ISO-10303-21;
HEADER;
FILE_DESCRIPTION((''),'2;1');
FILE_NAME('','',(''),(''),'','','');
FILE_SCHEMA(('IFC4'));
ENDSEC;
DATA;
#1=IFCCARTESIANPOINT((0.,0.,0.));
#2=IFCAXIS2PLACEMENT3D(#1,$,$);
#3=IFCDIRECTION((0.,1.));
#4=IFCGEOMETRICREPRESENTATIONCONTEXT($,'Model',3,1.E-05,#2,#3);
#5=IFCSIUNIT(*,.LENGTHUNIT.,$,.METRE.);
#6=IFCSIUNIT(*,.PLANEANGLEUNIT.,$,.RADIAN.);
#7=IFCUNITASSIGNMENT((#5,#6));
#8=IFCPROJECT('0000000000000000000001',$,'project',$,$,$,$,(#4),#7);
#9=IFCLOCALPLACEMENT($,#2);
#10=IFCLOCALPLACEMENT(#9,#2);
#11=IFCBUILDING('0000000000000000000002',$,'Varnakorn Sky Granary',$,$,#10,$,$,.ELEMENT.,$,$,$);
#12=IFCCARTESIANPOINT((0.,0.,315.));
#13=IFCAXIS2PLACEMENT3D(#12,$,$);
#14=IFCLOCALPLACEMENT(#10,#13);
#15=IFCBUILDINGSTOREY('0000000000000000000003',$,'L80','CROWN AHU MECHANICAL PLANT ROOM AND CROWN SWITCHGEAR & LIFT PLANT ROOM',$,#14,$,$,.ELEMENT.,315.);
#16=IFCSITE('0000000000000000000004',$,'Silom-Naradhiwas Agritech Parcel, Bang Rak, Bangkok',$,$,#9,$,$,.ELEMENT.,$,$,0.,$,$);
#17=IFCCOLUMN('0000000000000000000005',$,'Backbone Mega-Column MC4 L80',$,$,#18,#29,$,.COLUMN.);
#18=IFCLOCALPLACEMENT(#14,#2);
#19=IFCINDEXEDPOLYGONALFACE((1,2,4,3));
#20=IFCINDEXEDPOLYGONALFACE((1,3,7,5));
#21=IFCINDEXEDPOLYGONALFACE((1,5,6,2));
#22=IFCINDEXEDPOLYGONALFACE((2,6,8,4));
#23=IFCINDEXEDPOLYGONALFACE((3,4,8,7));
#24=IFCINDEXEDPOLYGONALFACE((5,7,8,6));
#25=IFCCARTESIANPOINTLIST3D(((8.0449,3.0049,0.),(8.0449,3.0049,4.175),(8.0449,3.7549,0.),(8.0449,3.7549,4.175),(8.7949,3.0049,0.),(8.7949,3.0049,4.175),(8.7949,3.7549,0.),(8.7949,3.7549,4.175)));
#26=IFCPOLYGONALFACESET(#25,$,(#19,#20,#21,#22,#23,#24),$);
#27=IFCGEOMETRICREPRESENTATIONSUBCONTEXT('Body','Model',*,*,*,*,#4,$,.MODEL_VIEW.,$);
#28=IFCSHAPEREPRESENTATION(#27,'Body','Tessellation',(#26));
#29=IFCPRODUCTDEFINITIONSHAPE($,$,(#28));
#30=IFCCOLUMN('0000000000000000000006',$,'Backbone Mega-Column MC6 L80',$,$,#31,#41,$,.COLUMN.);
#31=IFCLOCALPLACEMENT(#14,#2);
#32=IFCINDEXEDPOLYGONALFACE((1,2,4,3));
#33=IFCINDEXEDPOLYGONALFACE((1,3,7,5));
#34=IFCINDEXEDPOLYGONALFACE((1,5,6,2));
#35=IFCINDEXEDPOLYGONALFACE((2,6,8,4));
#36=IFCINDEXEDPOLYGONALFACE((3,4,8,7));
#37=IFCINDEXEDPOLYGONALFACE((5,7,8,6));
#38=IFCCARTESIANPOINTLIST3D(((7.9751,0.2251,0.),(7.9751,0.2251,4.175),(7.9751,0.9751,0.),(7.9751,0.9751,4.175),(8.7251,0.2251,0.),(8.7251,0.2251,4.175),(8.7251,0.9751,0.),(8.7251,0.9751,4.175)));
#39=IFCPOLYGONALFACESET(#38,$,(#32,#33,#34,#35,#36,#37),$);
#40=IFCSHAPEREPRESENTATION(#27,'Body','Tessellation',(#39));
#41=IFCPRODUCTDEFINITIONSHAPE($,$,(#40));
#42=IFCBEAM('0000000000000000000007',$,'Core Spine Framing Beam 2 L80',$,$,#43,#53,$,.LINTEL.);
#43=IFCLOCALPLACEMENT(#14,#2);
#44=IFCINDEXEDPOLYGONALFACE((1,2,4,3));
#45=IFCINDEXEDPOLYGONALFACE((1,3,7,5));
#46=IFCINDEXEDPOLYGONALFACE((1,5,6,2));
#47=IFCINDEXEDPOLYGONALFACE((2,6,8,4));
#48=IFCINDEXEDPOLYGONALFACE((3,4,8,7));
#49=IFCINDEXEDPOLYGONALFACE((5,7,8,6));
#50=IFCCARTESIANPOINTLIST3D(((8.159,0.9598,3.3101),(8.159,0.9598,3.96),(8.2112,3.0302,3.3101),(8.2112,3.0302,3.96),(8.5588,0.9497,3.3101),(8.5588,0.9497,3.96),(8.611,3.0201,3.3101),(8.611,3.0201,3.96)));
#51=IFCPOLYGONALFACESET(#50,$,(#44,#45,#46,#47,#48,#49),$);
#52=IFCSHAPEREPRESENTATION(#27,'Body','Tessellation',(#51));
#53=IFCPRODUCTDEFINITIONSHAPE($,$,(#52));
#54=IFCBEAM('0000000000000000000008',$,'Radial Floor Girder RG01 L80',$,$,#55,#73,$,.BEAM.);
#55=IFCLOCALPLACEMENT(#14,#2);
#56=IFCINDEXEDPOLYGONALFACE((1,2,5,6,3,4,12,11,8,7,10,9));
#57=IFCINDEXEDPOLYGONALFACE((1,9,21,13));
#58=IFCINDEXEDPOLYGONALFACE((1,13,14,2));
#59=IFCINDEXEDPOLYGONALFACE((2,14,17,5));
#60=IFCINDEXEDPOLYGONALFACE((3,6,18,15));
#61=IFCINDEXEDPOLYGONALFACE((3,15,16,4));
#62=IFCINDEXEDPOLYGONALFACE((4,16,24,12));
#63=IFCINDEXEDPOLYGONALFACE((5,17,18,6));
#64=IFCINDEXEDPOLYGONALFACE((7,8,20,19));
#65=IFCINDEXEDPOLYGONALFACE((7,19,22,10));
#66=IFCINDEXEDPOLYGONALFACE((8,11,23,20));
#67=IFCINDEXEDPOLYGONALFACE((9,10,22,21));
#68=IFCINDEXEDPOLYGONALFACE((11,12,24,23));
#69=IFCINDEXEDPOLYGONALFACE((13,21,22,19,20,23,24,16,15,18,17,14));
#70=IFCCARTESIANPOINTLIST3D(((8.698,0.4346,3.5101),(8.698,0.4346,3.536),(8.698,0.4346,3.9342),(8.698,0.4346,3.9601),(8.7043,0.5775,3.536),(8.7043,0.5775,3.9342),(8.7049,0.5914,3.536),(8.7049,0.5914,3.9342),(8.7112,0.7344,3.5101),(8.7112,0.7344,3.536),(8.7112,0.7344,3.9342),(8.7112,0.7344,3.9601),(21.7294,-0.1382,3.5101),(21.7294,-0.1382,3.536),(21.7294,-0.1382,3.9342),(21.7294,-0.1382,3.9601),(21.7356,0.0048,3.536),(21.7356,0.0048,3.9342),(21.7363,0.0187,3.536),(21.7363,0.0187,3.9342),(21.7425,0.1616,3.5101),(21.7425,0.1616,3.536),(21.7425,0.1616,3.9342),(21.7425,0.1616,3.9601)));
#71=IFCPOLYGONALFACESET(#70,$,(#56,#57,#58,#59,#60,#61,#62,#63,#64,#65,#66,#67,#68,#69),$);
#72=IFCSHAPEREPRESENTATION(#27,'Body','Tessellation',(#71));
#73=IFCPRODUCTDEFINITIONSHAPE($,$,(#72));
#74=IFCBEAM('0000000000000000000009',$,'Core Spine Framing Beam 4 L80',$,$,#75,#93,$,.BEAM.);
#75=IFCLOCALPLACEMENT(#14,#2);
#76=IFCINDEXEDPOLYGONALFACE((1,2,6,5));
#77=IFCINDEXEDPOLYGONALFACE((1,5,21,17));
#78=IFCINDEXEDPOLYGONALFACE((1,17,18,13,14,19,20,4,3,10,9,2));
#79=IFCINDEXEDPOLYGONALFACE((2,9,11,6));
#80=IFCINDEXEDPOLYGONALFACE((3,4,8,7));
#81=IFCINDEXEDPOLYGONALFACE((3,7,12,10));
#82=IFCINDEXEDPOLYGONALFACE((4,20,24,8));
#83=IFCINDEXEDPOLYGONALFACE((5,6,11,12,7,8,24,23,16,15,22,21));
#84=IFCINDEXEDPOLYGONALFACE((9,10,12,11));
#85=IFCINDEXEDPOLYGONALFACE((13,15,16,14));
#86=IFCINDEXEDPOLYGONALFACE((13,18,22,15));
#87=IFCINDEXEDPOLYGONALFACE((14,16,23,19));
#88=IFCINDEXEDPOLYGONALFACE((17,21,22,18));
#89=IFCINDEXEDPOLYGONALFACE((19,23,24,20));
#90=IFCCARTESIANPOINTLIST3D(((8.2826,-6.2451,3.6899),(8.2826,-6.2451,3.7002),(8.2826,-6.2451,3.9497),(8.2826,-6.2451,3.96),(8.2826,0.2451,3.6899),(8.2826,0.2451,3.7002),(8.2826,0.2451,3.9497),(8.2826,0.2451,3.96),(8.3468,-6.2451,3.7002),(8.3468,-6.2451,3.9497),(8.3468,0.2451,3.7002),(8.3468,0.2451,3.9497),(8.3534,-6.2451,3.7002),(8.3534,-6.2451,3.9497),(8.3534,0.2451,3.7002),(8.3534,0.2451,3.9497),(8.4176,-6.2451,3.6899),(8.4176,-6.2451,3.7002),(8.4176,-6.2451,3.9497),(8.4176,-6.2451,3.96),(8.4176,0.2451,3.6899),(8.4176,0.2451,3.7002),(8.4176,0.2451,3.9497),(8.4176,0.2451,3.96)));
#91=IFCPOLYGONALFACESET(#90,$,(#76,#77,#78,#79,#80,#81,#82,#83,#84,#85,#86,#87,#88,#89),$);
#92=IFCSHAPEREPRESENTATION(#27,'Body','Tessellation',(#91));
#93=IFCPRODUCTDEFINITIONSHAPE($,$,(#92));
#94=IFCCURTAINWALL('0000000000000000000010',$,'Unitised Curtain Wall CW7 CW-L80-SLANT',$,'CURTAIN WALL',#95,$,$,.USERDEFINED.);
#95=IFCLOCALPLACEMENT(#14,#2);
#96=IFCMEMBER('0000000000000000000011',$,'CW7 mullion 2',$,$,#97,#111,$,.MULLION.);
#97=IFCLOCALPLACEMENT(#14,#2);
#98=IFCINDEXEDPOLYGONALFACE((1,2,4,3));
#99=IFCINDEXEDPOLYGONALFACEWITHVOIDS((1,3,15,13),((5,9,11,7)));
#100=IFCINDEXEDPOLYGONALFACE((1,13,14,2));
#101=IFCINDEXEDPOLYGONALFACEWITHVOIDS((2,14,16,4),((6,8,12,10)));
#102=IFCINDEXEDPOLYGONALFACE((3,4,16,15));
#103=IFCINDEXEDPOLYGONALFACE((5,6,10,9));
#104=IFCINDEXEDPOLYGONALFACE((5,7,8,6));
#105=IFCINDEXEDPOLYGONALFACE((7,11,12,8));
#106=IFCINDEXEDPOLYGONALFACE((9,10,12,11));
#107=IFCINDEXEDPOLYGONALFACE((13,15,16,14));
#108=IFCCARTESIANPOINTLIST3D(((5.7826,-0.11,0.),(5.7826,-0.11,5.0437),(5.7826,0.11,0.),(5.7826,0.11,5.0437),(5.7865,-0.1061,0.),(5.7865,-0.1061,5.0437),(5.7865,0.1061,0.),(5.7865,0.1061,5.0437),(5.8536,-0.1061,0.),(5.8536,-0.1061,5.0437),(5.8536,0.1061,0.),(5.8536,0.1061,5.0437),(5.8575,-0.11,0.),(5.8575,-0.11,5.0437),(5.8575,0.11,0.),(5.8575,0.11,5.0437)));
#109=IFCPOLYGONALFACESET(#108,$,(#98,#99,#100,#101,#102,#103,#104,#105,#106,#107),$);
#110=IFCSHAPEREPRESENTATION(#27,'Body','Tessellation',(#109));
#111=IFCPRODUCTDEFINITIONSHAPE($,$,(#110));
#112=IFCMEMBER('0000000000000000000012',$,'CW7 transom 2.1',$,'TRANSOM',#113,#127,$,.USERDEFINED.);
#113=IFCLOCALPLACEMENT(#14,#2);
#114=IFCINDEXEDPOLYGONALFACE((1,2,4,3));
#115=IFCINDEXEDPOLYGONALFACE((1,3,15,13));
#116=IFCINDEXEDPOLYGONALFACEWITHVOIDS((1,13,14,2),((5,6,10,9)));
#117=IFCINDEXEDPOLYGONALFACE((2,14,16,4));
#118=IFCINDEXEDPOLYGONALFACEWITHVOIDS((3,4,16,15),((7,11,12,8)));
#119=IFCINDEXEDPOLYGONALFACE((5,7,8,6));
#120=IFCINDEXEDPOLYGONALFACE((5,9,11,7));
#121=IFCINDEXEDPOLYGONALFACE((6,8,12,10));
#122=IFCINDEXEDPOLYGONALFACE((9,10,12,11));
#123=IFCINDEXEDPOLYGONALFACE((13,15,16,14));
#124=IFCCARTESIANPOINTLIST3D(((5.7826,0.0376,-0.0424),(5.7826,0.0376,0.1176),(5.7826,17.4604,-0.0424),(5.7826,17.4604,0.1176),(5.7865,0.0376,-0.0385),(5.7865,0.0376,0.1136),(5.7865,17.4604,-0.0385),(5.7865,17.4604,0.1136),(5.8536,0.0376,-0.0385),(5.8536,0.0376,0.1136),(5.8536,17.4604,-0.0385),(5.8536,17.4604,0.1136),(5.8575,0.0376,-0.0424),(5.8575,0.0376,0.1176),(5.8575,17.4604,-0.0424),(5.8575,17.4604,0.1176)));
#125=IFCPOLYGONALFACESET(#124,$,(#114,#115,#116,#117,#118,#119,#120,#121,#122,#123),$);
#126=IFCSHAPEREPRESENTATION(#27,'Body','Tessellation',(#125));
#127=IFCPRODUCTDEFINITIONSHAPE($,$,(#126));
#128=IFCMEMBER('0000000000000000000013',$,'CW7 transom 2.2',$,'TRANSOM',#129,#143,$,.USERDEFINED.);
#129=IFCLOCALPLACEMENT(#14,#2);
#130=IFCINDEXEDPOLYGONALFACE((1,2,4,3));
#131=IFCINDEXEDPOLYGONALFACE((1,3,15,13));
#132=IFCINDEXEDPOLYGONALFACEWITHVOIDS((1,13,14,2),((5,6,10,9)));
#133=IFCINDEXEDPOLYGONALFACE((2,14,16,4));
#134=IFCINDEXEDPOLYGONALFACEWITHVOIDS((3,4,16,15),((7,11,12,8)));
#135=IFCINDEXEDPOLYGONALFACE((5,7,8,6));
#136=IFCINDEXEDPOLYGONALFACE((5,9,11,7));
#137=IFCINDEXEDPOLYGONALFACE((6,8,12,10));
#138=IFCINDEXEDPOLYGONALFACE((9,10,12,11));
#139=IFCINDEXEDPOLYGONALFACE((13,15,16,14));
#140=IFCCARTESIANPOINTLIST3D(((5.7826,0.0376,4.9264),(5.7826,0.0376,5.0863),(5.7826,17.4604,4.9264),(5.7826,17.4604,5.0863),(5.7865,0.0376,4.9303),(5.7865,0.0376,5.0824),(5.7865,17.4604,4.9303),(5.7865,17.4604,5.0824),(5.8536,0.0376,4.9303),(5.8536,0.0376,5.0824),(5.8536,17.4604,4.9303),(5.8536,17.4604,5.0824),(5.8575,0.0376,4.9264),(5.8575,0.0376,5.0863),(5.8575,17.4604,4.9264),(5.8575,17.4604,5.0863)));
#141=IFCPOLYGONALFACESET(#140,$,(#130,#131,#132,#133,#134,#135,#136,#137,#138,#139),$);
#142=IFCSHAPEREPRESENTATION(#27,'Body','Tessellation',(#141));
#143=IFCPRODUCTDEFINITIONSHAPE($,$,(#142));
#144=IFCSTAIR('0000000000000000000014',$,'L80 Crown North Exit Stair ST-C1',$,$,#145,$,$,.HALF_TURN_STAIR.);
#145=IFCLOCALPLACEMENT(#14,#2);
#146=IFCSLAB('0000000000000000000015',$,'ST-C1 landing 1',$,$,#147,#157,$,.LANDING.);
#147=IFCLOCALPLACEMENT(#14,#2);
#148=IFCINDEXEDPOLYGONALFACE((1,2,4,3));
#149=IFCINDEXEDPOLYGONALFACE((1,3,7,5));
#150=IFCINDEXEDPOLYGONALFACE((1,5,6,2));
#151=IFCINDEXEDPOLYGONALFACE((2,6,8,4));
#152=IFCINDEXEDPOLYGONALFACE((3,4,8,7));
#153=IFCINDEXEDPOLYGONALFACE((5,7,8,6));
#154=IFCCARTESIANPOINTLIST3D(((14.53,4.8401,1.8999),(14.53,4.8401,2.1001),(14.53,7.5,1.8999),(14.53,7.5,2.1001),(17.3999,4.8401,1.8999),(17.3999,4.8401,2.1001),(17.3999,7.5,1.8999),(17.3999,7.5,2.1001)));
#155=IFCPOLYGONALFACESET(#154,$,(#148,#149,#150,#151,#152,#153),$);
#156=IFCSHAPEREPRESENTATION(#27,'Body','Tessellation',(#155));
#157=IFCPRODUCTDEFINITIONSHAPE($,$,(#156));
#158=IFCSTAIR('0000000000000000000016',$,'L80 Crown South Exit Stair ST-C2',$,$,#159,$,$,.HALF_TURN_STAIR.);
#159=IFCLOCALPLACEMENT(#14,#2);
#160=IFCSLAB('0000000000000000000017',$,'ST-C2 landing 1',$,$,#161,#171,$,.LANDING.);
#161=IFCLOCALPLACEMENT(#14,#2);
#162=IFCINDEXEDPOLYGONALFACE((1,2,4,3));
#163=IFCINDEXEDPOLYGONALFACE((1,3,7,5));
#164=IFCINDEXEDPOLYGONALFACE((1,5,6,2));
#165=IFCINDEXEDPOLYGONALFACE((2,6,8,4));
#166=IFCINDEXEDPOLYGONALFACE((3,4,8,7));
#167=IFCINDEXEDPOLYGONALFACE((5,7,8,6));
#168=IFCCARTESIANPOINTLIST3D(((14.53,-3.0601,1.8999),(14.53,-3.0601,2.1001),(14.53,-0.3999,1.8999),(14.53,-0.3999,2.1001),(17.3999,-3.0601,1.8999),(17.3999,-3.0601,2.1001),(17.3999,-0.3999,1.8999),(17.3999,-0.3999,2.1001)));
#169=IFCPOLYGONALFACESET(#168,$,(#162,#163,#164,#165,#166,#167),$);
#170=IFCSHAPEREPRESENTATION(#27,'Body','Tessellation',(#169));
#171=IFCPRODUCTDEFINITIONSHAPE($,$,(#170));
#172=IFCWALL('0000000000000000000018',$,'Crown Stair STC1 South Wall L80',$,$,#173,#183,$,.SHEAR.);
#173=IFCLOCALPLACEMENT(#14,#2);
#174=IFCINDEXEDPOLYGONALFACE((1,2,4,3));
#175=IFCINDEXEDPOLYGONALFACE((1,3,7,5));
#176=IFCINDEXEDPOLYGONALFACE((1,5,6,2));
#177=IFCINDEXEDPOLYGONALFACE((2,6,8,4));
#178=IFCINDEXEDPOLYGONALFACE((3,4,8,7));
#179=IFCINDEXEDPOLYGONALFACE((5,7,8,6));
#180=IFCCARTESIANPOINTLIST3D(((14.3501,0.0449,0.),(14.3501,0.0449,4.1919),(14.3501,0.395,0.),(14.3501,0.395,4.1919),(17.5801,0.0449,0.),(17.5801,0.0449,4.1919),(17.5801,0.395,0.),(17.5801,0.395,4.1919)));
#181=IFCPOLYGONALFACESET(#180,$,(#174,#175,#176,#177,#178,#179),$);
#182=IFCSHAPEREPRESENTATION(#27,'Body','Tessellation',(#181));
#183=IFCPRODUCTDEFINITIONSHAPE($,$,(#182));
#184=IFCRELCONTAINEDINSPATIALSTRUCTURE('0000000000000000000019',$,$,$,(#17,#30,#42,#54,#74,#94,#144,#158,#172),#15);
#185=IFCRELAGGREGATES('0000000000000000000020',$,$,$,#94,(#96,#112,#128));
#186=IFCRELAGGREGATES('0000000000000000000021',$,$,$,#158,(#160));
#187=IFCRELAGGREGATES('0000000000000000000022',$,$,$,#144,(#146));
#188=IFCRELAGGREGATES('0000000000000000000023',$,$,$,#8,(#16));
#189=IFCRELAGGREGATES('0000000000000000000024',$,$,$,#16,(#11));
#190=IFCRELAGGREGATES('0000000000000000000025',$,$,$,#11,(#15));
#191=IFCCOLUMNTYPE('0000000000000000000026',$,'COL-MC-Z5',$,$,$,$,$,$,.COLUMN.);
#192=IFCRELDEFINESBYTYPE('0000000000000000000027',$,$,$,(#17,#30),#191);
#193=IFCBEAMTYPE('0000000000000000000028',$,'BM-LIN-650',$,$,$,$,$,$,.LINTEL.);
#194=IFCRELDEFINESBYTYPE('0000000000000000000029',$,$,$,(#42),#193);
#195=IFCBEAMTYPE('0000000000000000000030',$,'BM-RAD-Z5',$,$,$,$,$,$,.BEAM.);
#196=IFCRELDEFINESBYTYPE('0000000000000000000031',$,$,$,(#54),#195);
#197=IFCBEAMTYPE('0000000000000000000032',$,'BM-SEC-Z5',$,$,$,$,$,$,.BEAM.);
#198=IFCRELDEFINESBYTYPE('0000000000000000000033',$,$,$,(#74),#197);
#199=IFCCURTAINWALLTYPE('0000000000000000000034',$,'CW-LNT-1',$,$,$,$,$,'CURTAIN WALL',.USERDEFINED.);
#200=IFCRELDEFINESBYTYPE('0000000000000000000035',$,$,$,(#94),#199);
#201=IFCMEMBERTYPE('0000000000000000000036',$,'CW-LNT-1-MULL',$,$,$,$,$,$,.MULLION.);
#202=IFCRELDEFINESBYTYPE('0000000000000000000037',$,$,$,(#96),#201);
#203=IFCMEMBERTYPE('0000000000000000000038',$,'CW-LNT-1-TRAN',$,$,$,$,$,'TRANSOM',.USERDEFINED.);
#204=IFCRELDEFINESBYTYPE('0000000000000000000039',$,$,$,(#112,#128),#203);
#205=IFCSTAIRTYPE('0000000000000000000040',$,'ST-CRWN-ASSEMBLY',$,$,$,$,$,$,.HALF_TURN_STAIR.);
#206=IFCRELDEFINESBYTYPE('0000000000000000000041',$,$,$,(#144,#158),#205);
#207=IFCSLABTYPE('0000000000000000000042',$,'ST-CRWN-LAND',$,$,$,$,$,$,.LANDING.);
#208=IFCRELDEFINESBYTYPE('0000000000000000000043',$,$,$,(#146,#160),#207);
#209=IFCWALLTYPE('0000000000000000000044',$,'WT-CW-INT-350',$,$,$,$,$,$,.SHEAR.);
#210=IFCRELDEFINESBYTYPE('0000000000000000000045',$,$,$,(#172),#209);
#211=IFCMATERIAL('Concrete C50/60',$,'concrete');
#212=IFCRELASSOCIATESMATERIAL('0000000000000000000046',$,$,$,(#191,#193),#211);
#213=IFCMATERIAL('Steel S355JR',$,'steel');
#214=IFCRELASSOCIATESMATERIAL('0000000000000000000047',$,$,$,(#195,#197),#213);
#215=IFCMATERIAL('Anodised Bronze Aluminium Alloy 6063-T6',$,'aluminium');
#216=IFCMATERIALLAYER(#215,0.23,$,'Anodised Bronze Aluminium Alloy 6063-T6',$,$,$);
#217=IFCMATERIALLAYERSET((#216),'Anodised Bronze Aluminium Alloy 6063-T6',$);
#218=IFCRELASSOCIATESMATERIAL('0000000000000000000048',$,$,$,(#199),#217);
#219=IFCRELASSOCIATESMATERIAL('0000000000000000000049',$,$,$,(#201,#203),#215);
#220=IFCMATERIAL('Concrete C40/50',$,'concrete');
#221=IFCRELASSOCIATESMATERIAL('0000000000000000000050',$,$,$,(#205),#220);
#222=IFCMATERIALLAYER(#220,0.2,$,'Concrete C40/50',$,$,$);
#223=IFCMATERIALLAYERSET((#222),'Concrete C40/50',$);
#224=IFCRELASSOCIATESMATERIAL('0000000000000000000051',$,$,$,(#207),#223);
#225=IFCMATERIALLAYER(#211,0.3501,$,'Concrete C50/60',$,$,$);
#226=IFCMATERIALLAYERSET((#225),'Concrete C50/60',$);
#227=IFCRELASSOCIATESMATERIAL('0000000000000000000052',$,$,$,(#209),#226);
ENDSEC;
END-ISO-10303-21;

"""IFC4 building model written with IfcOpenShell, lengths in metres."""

from ifc_helpers import new_model, si_unit, direction, frame, frame_2d, origin, origin_2d, place, context, subcontext, project, spatial, polyline, rectangle, hollow_rectangle, i_section, outline, extrude, material, layer, layer_set, material_profile, profile_set, type_object, element, aggregate, save


model = new_model("IFC4")

# Units and contexts
model_context = context("Model", 3, precision=1e-05, world=origin(), true_north=direction((0.0, 1.0)))
body_context = subcontext(model_context, "Body", "Model", "MODEL_VIEW")
ifc_project = project(units=[si_unit("LENGTHUNIT", "METRE"), si_unit("PLANEANGLEUNIT", "RADIAN")], contexts=[model_context])

# Site, building, storey
site_placement = place(None, origin())
site = spatial("IfcSite", under=ifc_project, at=site_placement, Name="Silom-Naradhiwas Agritech Parcel, Bang Rak, Bangkok", CompositionType="ELEMENT", RefElevation=0.0)
building_placement = place(site_placement, origin())
building = spatial("IfcBuilding", under=site, at=building_placement, Name="Varnakorn Sky Granary", CompositionType="ELEMENT")
storey_placement = place(building_placement, frame((0.0, 0.0, 315.0)))
storey = spatial("IfcBuildingStorey", under=building, at=storey_placement, Name="L80", Description="CROWN AHU MECHANICAL PLANT ROOM AND CROWN SWITCHGEAR & LIFT PLANT ROOM", CompositionType="ELEMENT", Elevation=315.0)

# Columns
ifc_material_1 = material(Name="Concrete C50/60", Category="concrete")
ifc_material_profile_1 = material_profile(ifc_material_1, rectangle(XDim=0.75, YDim=0.75, at=origin_2d()), Name="RC 750x750")
ifc_profile_set_1 = profile_set([ifc_material_profile_1], Name="Concrete C50/60")
column_type = type_object("IfcColumnType", Name="COL-MC-Z5", PredefinedType="COLUMN", material=ifc_profile_set_1)
for number, where, z_axis, x_axis, name in (
    (1, (8.4199, 3.3799, 0.0), (0.0, 0.0, 1.0), (1.0, 0.0, 0.0), "Backbone Mega-Column MC4 L80"),
    (2, (8.3501, 0.6001, 0.0), (0.0, 0.0, 1.0), (1.0, 0.0, 0.0), "Backbone Mega-Column MC6 L80"),
):
    element("IfcColumn", number, at=place(storey_placement, frame(where, z_axis=z_axis, x_axis=x_axis)), inside=storey, type_object=column_type, Name=name, PredefinedType="COLUMN", context=body_context, shape_type="SweptSolid", body=[
        extrude(rectangle(XDim=0.75, YDim=0.75, at=origin_2d()), origin(), (0.0, 0.0, 1.0), 4.175),
    ])

# Beams
ifc_material_profile_2 = material_profile(ifc_material_1, rectangle(XDim=0.3999, YDim=0.6499, at=origin_2d()), Name="RC 400x650")
ifc_profile_set_2 = profile_set([ifc_material_profile_2], Name="Concrete C50/60")
beam_type_1 = type_object("IfcBeamType", Name="BM-LIN-650", PredefinedType="LINTEL", material=ifc_profile_set_2)
beam_1_placement = place(storey_placement, frame((8.4111, 3.0251, 3.635), z_axis=(-0.025228, -0.999682, 0.0), x_axis=(0.999682, -0.025228, 0.0)))
element("IfcBeam", 3, at=beam_1_placement, inside=storey, type_object=beam_type_1, Name="Core Spine Framing Beam 2 L80", PredefinedType="LINTEL", context=body_context, shape_type="SweptSolid", body=[
    extrude(rectangle(XDim=0.3999, YDim=0.6499, at=origin_2d()), origin(), (0.0, 0.0, 1.0), 2.071),
])
ifc_material_2 = material(Name="Steel S355JR", Category="steel")
ifc_material_profile_3 = material_profile(ifc_material_2, i_section(OverallWidth=0.3, OverallDepth=0.45, WebThickness=0.0139, FlangeThickness=0.0259, at=origin_2d()), Name="HE 450 B")
ifc_profile_set_3 = profile_set([ifc_material_profile_3], Name="Steel S355JR")
beam_type_2 = type_object("IfcBeamType", Name="BM-RAD-Z5", PredefinedType="BEAM", material=ifc_profile_set_3)
beam_2_placement = place(storey_placement, frame((8.7046, 0.5845, 3.7351), z_axis=(0.999035, -0.04391, 0.0), x_axis=(0.04391, 0.999035, 0.0)))
element("IfcBeam", 4, at=beam_2_placement, inside=storey, type_object=beam_type_2, Name="Radial Floor Girder RG01 L80", PredefinedType="BEAM", context=body_context, shape_type="SweptSolid", body=[
    extrude(i_section(OverallWidth=0.3, OverallDepth=0.45, WebThickness=0.0139, FlangeThickness=0.0259, at=origin_2d()), origin(), (0.0, 0.0, 1.0), 13.0439),
])
ifc_material_profile_4 = material_profile(ifc_material_2, i_section(OverallWidth=0.135, OverallDepth=0.27, WebThickness=0.0066, FlangeThickness=0.0103, at=origin_2d()), Name="IPE 270")
ifc_profile_set_4 = profile_set([ifc_material_profile_4], Name="Steel S355JR")
beam_type_3 = type_object("IfcBeamType", Name="BM-SEC-Z5", PredefinedType="BEAM", material=ifc_profile_set_4)
beam_3_placement = place(storey_placement, frame((8.3501, 0.2451, 3.825), z_axis=(0.0, -1.0, 0.0), x_axis=(1.0, 0.0, 0.0)))
element("IfcBeam", 5, at=beam_3_placement, inside=storey, type_object=beam_type_3, Name="Core Spine Framing Beam 4 L80", PredefinedType="BEAM", context=body_context, shape_type="SweptSolid", body=[
    extrude(i_section(OverallWidth=0.135, OverallDepth=0.27, WebThickness=0.0066, FlangeThickness=0.0103, at=origin_2d()), origin(), (0.0, 0.0, 1.0), 6.4902),
])

# Curtain wall, members
ifc_material_3 = material(Name="Anodised Bronze Aluminium Alloy 6063-T6", Category="aluminium")
ifc_layer_1 = layer(ifc_material_3, 0.23, Name="Anodised Bronze Aluminium Alloy 6063-T6")
ifc_layer_set_1 = layer_set([ifc_layer_1], Name="Anodised Bronze Aluminium Alloy 6063-T6")
curtain_wall_type = type_object("IfcCurtainWallType", Name="CW-LNT-1", ElementType="CURTAIN WALL", PredefinedType="USERDEFINED", material=ifc_layer_set_1)
curtain_wall_placement = place(storey_placement, origin())
curtain_wall = element("IfcCurtainWall", 6, at=curtain_wall_placement, inside=storey, type_object=curtain_wall_type, Name="Unitised Curtain Wall CW7 CW-L80-SLANT", ObjectType="CURTAIN WALL", PredefinedType="USERDEFINED")
ifc_material_profile_5 = material_profile(ifc_material_3, hollow_rectangle(XDim=0.075, YDim=0.22, WallThickness=0.0039, at=origin_2d()), Name="ALU MULL 75x220")
ifc_profile_set_5 = profile_set([ifc_material_profile_5], Name="Anodised Bronze Aluminium Alloy 6063-T6")
member_type_1 = type_object("IfcMemberType", Name="CW-LNT-1-MULL", PredefinedType="MULLION", material=ifc_profile_set_5)
member_1_placement = place(storey_placement, frame((5.8201, 0.0, 0.0), z_axis=(0.0, 0.0, 1.0), x_axis=(-1.0, 0.0, 0.0)))
member_1 = element("IfcMember", 7, at=member_1_placement, type_object=member_type_1, Name="CW7 mullion 2", PredefinedType="MULLION", context=body_context, shape_type="SweptSolid", body=[
    extrude(hollow_rectangle(XDim=0.075, YDim=0.22, WallThickness=0.0039, at=origin_2d()), origin(), (0.0, 0.0, 1.0), 5.0437),
])
ifc_material_profile_6 = material_profile(ifc_material_3, hollow_rectangle(XDim=0.075, YDim=0.1599, WallThickness=0.0039, at=origin_2d()), Name="ALU TRAN 75x160")
ifc_profile_set_6 = profile_set([ifc_material_profile_6], Name="Anodised Bronze Aluminium Alloy 6063-T6")
member_type_2 = type_object("IfcMemberType", Name="CW-LNT-1-TRAN", ElementType="TRANSOM", PredefinedType="USERDEFINED", material=ifc_profile_set_6)
member_2_placement = place(storey_placement, frame((5.8201, 0.0376, 0.0376), z_axis=(0.0, 1.0, 0.0), x_axis=(-1.0, 0.0, 0.0)))
member_2 = element("IfcMember", 8, at=member_2_placement, type_object=member_type_2, Name="CW7 transom 2.1", ObjectType="TRANSOM", PredefinedType="USERDEFINED", context=body_context, shape_type="SweptSolid", body=[
    extrude(hollow_rectangle(XDim=0.075, YDim=0.1599, WallThickness=0.0039, at=origin_2d()), origin(), (0.0, 0.0, 1.0), 17.4229),
])
member_3_placement = place(storey_placement, frame((5.8201, 0.0376, 5.0063), z_axis=(0.0, 1.0, 0.0), x_axis=(-1.0, 0.0, 0.0)))
member_3 = element("IfcMember", 9, at=member_3_placement, type_object=member_type_2, Name="CW7 transom 2.2", ObjectType="TRANSOM", PredefinedType="USERDEFINED", context=body_context, shape_type="SweptSolid", body=[
    extrude(hollow_rectangle(XDim=0.075, YDim=0.1599, WallThickness=0.0039, at=origin_2d()), origin(), (0.0, 0.0, 1.0), 17.4229),
])
aggregate(curtain_wall, [member_1, member_2, member_3])

# Stairs, slabs
ifc_material_4 = material(Name="Concrete C40/50", Category="concrete")
stair_type = type_object("IfcStairType", Name="ST-CRWN-ASSEMBLY", PredefinedType="HALF_TURN_STAIR", material=ifc_material_4)
stair_1_placement = place(storey_placement, origin())
stair_1 = element("IfcStair", 10, at=stair_1_placement, inside=storey, type_object=stair_type, Name="L80 Crown North Exit Stair ST-C1", PredefinedType="HALF_TURN_STAIR")
ifc_layer_2 = layer(ifc_material_4, 0.2, Name="Concrete C40/50")
ifc_layer_set_2 = layer_set([ifc_layer_2], Name="Concrete C40/50")
slab_type = type_object("IfcSlabType", Name="ST-CRWN-LAND", PredefinedType="LANDING", material=ifc_layer_set_2)
slab_1_placement = place(storey_placement, frame((0.0, 0.0, 1.8999)))
slab_1 = element("IfcSlab", 11, at=slab_1_placement, type_object=slab_type, Name="ST-C1 landing 1", PredefinedType="LANDING", context=body_context, shape_type="SweptSolid", body=[
    extrude(outline(polyline([(17.3999, 4.8401), (17.3999, 7.5), (14.53, 7.5), (14.53, 4.8401), (17.3999, 4.8401)])), origin(), (0.0, 0.0, 1.0), 0.2002),
])
stair_2_placement = place(storey_placement, origin())
stair_2 = element("IfcStair", 12, at=stair_2_placement, inside=storey, type_object=stair_type, Name="L80 Crown South Exit Stair ST-C2", PredefinedType="HALF_TURN_STAIR")
slab_2_placement = place(storey_placement, frame((0.0, 0.0, 1.8999)))
slab_2 = element("IfcSlab", 13, at=slab_2_placement, type_object=slab_type, Name="ST-C2 landing 1", PredefinedType="LANDING", context=body_context, shape_type="SweptSolid", body=[
    extrude(outline(polyline([(17.3999, -3.0601), (17.3999, -0.3999), (14.53, -0.3999), (14.53, -3.0601), (17.3999, -3.0601)])), origin(), (0.0, 0.0, 1.0), 0.2002),
])
aggregate(stair_2, [slab_2])

# Wall
ifc_layer_3 = layer(ifc_material_1, 0.3501, Name="Concrete C50/60")
ifc_layer_set_3 = layer_set([ifc_layer_3], Name="Concrete C50/60")
wall_type_1 = type_object("IfcWallType", Name="WT-CW-INT-350", PredefinedType="SHEAR", material=ifc_layer_set_3)
wall_1_placement = place(storey_placement, frame((14.3501, 0.22, 0.0), z_axis=(0.0, 0.0, 1.0), x_axis=(1.0, 0.0, 0.0)))
element("IfcWall", 14, at=wall_1_placement, inside=storey, type_object=wall_type_1, Name="Crown Stair STC1 South Wall L80", PredefinedType="SHEAR", context=body_context, shape_type="SweptSolid", body=[
    extrude(rectangle(XDim=3.23, YDim=0.3501, at=frame_2d((1.615, 0.0))), origin(), (0.0, 0.0, 1.0), 4.1919),
])

aggregate(stair_1, [slab_1])

save(model, "model.ifc")
